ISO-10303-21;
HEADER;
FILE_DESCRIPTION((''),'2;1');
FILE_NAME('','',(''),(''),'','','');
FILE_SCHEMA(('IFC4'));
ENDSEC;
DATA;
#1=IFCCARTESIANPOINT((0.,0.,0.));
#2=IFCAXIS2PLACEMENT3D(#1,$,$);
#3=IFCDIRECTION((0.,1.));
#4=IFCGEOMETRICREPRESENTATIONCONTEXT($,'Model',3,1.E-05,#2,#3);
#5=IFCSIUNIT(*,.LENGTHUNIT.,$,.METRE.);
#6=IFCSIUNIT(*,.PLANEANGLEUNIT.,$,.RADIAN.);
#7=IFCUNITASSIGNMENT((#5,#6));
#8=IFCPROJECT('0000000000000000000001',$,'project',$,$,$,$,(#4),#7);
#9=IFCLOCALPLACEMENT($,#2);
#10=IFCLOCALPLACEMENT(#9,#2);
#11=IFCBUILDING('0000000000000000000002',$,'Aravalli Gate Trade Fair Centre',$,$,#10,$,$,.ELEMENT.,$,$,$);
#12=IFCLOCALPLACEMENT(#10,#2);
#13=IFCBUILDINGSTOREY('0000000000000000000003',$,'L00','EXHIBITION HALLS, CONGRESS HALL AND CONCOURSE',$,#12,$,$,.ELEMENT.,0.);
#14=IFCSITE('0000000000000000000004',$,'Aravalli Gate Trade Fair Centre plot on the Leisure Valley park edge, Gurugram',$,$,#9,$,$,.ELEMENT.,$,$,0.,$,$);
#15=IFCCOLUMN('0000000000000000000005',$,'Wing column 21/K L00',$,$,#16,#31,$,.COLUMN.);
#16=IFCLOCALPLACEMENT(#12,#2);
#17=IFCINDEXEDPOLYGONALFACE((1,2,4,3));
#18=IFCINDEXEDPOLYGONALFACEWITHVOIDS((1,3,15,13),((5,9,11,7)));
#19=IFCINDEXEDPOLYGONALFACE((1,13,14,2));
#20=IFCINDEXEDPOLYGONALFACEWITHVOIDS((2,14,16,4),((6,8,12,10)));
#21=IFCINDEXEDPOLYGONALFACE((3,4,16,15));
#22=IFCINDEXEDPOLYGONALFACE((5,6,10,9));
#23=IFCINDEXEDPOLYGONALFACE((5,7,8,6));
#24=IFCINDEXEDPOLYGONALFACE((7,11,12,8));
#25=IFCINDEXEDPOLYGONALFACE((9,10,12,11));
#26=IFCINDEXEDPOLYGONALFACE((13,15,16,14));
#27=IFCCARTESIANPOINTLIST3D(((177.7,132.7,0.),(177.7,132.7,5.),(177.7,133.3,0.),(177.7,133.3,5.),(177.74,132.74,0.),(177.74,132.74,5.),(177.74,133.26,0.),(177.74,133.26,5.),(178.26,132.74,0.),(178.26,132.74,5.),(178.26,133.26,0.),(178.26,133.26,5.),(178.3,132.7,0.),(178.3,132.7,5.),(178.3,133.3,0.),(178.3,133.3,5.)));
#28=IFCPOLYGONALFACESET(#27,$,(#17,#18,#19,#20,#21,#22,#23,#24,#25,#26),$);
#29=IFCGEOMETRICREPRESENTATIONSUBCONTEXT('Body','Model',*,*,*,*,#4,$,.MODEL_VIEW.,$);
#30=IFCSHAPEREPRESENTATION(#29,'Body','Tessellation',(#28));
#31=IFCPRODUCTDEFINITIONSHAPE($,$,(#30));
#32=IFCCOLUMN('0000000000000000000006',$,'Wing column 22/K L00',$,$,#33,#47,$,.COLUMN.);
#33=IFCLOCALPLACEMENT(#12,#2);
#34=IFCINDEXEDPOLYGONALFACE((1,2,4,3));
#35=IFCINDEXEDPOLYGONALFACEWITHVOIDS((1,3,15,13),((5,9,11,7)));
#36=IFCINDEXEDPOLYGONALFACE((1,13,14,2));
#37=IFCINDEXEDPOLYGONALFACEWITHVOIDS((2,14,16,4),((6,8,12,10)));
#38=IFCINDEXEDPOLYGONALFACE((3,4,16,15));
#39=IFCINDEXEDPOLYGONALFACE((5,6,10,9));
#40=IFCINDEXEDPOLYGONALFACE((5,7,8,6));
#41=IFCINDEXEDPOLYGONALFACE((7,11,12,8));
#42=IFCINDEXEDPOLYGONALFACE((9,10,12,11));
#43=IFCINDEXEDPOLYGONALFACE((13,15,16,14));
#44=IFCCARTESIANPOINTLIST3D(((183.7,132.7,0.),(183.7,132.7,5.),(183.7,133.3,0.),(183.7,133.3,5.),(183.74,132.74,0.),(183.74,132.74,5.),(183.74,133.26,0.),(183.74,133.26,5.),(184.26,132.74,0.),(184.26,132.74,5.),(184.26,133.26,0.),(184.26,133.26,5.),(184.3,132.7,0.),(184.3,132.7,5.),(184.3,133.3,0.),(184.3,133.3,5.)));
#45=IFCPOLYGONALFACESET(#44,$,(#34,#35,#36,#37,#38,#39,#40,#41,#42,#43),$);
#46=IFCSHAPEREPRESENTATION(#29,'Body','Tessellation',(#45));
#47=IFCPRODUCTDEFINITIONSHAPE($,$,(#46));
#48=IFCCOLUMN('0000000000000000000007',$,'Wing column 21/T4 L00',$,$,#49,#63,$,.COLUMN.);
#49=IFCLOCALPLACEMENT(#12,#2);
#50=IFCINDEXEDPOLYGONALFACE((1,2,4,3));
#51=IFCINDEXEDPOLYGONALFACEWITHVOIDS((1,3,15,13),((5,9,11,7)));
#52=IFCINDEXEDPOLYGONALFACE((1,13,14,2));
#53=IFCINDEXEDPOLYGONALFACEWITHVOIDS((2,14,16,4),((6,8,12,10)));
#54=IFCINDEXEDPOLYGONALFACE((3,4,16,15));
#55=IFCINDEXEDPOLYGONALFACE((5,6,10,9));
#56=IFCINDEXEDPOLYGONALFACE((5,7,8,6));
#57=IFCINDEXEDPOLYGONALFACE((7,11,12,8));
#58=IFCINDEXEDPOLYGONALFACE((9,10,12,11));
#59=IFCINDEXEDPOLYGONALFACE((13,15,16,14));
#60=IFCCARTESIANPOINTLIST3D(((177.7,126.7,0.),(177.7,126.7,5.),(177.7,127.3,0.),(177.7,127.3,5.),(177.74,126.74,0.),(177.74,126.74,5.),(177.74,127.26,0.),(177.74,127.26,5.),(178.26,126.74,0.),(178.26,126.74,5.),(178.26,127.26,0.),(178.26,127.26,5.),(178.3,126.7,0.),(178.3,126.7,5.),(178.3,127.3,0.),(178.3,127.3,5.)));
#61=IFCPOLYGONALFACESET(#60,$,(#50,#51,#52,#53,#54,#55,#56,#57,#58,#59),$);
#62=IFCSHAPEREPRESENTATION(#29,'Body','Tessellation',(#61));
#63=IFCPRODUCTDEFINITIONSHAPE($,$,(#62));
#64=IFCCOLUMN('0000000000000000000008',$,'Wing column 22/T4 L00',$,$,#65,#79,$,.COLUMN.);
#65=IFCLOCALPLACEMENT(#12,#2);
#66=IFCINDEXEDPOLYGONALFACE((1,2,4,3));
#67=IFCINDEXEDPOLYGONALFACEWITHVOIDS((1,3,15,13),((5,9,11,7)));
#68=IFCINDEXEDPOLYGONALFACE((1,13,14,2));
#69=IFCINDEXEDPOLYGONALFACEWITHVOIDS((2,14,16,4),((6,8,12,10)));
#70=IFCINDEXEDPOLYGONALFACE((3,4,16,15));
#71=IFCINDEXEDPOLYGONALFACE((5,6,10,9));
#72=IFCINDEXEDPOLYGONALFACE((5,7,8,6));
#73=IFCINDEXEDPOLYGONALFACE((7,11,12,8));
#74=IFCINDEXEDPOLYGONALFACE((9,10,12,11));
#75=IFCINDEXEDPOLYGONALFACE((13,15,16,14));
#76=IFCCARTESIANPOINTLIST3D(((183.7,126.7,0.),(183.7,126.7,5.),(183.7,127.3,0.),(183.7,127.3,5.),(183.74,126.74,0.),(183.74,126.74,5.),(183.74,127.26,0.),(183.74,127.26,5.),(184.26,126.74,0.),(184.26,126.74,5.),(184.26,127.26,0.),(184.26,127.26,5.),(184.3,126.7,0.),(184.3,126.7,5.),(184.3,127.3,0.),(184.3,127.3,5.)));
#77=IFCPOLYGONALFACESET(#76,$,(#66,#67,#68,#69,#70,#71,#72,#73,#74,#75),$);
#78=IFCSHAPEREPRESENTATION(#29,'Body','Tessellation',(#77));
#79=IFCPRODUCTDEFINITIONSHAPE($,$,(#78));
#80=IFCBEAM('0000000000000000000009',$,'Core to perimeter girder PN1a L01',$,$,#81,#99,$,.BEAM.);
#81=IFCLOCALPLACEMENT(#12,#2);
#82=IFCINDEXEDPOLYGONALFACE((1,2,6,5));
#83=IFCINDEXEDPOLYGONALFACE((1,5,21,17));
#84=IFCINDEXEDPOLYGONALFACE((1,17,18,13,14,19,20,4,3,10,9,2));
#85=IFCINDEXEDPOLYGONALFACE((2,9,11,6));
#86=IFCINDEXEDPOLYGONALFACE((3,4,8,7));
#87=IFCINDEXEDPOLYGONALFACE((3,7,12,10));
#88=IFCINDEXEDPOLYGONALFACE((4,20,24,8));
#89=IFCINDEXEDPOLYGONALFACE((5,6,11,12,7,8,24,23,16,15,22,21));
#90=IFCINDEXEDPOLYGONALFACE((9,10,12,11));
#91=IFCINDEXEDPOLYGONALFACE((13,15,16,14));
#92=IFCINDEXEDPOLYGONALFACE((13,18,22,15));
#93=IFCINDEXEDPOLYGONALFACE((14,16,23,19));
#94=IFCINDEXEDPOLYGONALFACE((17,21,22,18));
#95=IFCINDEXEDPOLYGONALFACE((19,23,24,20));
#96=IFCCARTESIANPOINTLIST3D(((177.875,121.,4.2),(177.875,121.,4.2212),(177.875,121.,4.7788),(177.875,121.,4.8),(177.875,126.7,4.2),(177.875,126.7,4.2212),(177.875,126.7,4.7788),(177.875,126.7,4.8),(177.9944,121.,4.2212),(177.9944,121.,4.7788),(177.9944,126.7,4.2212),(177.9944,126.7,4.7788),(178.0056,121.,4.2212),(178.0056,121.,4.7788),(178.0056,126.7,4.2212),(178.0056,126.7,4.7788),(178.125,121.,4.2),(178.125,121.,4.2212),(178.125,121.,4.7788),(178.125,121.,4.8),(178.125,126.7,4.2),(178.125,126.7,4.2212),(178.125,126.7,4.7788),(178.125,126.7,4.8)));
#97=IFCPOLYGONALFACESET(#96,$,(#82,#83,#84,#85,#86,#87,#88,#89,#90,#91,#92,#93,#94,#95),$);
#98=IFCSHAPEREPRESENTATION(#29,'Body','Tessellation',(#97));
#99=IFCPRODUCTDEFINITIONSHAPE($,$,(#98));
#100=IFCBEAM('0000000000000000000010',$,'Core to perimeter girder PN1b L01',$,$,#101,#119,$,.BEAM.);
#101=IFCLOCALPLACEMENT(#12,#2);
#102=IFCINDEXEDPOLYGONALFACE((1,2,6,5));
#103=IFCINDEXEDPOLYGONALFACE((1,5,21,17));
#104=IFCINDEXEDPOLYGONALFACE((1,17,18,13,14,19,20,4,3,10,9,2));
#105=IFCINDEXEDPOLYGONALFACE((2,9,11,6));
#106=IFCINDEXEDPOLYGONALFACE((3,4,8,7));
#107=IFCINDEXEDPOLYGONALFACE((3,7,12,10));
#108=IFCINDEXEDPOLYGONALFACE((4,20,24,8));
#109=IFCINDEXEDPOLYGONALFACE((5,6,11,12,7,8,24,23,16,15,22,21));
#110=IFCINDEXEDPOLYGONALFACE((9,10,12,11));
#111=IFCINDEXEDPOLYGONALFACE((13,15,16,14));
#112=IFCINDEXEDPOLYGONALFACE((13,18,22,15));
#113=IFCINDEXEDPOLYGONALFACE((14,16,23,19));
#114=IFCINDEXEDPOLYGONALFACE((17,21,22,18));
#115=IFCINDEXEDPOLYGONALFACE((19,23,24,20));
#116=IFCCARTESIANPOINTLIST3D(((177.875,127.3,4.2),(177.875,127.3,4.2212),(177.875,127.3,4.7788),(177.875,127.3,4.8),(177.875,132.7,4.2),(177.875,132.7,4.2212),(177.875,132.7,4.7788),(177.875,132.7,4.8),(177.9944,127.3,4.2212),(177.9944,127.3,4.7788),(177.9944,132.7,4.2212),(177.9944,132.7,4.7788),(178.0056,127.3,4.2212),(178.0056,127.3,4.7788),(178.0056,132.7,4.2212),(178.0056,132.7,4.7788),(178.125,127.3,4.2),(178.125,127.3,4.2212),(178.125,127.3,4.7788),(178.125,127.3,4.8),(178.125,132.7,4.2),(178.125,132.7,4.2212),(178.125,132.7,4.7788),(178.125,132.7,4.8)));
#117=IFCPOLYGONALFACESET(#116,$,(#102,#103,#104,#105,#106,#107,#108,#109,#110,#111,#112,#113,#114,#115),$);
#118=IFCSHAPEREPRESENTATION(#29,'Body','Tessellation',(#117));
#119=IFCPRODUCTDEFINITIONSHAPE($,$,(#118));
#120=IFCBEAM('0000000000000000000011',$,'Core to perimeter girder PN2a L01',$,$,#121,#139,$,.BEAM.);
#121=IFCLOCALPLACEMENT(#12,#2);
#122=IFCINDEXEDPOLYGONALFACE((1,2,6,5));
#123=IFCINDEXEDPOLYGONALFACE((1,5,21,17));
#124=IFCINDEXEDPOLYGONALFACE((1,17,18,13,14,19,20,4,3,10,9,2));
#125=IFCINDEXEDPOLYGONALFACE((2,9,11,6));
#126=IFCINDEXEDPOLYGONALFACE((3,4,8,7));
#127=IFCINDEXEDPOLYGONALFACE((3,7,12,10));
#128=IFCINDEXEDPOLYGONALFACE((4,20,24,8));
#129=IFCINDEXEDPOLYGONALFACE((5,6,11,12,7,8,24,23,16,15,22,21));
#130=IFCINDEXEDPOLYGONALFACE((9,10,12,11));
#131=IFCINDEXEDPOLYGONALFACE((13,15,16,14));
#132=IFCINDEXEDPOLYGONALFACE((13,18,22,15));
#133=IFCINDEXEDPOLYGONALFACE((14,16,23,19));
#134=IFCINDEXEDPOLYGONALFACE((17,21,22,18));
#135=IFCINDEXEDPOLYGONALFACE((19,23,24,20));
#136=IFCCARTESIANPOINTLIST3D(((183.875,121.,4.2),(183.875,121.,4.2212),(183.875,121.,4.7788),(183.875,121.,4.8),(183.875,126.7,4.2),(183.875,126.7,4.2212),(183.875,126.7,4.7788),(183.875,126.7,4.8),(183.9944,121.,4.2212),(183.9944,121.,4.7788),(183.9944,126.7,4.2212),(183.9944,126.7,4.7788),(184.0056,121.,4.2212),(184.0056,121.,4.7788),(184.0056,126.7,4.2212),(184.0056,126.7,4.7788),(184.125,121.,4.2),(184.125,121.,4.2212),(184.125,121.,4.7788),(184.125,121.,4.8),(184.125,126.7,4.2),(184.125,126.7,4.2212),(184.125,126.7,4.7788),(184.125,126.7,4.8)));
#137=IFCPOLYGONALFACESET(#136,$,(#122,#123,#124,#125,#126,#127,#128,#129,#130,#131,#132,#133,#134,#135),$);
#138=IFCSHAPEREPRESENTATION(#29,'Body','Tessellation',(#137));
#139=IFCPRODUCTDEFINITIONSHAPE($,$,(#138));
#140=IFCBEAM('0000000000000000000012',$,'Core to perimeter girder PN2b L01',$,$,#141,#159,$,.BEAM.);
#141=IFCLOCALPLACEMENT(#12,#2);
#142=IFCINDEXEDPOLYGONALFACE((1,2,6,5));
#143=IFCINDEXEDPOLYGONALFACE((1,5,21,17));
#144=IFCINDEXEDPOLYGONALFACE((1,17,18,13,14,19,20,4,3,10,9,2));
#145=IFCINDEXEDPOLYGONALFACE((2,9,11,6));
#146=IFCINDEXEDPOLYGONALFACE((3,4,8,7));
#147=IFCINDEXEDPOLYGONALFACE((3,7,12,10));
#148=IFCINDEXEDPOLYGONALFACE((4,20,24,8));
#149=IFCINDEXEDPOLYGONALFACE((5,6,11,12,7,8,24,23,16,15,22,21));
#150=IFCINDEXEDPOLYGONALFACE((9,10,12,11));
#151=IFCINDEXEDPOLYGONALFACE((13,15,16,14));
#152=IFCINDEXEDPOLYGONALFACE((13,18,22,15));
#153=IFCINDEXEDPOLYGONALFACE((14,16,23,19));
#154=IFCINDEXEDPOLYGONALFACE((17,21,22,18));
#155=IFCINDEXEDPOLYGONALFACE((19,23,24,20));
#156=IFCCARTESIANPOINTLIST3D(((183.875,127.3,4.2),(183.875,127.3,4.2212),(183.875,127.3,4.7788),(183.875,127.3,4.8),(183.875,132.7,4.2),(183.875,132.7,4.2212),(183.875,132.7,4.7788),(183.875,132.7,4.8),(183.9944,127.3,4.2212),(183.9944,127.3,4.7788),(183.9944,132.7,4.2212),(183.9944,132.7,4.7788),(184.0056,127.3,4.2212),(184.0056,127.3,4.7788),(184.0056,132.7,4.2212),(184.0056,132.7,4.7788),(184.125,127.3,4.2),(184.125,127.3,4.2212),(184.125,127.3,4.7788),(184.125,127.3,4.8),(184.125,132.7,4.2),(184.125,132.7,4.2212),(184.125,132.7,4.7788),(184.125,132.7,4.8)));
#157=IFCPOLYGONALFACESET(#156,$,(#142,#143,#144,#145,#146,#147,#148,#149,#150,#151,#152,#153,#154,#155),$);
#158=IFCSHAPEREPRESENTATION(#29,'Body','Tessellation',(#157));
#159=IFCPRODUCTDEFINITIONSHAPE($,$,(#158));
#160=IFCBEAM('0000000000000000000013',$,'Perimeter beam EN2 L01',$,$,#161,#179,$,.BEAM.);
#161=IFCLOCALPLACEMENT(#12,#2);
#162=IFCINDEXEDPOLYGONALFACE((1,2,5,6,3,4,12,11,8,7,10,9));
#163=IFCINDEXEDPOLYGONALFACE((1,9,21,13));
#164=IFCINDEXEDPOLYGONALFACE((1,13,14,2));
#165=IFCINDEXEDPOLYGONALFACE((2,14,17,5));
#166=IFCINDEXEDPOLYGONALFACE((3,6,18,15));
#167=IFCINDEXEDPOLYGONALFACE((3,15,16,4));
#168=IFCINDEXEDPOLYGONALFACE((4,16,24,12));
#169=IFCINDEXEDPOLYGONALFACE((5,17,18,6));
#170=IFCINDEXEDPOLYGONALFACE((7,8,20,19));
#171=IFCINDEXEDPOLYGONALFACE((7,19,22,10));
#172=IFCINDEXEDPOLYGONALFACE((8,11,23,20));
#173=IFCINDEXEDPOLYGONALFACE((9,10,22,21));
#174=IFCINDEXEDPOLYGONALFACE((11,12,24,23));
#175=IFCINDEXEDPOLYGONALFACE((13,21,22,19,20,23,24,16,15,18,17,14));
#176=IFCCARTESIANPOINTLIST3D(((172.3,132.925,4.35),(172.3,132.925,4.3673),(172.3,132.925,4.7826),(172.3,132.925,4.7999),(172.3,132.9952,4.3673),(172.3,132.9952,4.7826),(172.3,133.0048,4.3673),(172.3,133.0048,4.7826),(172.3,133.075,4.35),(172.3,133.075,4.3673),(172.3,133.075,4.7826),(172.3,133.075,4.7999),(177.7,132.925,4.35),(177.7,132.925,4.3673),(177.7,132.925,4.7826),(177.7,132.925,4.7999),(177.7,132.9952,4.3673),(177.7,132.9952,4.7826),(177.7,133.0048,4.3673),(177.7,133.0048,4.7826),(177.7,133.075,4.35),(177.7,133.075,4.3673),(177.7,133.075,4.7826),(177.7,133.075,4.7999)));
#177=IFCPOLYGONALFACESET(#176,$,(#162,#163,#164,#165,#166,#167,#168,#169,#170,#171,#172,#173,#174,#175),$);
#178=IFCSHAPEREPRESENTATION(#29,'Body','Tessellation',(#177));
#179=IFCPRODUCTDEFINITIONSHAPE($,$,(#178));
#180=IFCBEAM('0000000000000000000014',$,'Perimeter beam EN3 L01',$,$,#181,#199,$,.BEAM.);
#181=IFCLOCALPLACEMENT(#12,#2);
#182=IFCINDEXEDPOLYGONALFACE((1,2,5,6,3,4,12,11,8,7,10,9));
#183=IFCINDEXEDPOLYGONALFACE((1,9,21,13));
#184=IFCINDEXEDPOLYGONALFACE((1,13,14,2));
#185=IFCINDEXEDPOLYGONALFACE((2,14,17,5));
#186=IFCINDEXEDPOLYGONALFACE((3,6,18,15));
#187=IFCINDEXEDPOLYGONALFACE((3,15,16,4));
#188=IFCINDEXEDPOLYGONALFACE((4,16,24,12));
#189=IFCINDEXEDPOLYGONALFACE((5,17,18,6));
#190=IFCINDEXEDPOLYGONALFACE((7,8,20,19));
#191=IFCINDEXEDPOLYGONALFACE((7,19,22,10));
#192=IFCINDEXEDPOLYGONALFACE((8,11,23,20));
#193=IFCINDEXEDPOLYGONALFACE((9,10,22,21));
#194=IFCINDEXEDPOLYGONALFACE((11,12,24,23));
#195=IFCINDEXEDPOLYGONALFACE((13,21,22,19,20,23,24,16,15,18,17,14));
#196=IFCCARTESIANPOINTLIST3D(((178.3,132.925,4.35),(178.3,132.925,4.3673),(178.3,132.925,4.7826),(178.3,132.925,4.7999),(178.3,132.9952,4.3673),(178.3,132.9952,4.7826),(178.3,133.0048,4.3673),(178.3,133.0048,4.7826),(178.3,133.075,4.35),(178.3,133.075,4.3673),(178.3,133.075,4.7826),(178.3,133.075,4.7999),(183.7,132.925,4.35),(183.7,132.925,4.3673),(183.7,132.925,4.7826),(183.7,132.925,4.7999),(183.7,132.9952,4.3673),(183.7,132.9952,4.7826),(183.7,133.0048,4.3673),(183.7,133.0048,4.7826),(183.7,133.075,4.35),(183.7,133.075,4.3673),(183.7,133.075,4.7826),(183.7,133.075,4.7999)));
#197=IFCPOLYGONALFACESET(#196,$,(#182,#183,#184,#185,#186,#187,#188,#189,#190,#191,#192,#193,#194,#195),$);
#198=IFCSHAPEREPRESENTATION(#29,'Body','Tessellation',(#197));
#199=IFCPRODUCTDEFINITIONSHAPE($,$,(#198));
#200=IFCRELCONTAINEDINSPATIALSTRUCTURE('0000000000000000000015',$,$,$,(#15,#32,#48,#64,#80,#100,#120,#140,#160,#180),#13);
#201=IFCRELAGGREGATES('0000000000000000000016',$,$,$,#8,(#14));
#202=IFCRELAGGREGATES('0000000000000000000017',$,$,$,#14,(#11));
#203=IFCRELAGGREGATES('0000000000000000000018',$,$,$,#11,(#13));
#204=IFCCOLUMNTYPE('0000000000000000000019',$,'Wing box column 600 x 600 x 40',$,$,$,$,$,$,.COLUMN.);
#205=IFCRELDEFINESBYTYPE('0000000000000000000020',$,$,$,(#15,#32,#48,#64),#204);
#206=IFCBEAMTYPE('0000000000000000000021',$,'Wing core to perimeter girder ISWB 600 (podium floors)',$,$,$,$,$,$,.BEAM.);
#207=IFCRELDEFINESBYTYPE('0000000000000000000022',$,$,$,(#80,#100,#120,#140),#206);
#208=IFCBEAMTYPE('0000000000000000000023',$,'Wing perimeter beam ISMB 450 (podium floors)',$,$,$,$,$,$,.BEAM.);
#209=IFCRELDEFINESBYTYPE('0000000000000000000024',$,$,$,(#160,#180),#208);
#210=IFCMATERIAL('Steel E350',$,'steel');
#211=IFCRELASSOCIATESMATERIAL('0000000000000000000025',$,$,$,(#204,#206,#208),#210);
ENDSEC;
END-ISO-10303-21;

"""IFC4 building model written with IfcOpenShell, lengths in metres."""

from ifc_helpers import new_model, si_unit, direction, frame, origin, origin_2d, place, context, subcontext, project, spatial, hollow_rectangle, i_section, extrude, material, material_profile, profile_set, type_object, element, save


model = new_model("IFC4")

# Units and contexts
model_context = context("Model", 3, precision=1e-05, world=origin(), true_north=direction((0.0, 1.0)))
body_context = subcontext(model_context, "Body", "Model", "MODEL_VIEW")
ifc_project = project(units=[si_unit("LENGTHUNIT", "METRE"), si_unit("PLANEANGLEUNIT", "RADIAN")], contexts=[model_context])

# Site, building, storey
site_placement = place(None, origin())
site = spatial("IfcSite", under=ifc_project, at=site_placement, Name="Aravalli Gate Trade Fair Centre plot on the Leisure Valley park edge, Gurugram", CompositionType="ELEMENT", RefElevation=0.0)
building_placement = place(site_placement, origin())
building = spatial("IfcBuilding", under=site, at=building_placement, Name="Aravalli Gate Trade Fair Centre", CompositionType="ELEMENT")
storey_placement = place(building_placement, origin())
storey = spatial("IfcBuildingStorey", under=building, at=storey_placement, Name="L00", Description="EXHIBITION HALLS, CONGRESS HALL AND CONCOURSE", CompositionType="ELEMENT", Elevation=0.0)

# Columns
ifc_material_1 = material(Name="Steel E350", Category="steel")
ifc_material_profile_1 = material_profile(ifc_material_1, hollow_rectangle(XDim=0.6001, YDim=0.6001, WallThickness=0.04, at=origin_2d()), Name="BOX 600x600x40")
ifc_profile_set_1 = profile_set([ifc_material_profile_1], Name="Steel E350")
column_type = type_object("IfcColumnType", Name="Wing box column 600 x 600 x 40", PredefinedType="COLUMN", material=ifc_profile_set_1)
for number, where, z_axis, x_axis, name in (
    (1, (178.0, 133.0, 0.0), (0.0, 0.0, 1.0), (1.0, 0.0, 0.0), "Wing column 21/K L00"),
    (2, (184.0, 133.0, 0.0), (0.0, 0.0, 1.0), (1.0, 0.0, 0.0), "Wing column 22/K L00"),
    (3, (178.0, 127.0, 0.0), (0.0, 0.0, 1.0), (1.0, 0.0, 0.0), "Wing column 21/T4 L00"),
    (4, (184.0, 127.0, 0.0), (0.0, 0.0, 1.0), (1.0, 0.0, 0.0), "Wing column 22/T4 L00"),
):
    element("IfcColumn", number, at=place(storey_placement, frame(where, z_axis=z_axis, x_axis=x_axis)), inside=storey, type_object=column_type, Name=name, PredefinedType="COLUMN", context=body_context, shape_type="SweptSolid", body=[
        extrude(hollow_rectangle(XDim=0.6001, YDim=0.6001, WallThickness=0.04, at=origin_2d()), origin(), (0.0, 0.0, 1.0), 5.0),
    ])

# Beams
ifc_material_profile_2 = material_profile(ifc_material_1, i_section(OverallWidth=0.25, OverallDepth=0.6001, WebThickness=0.0112, FlangeThickness=0.0212, at=origin_2d()), Name="ISWB 600")
ifc_profile_set_2 = profile_set([ifc_material_profile_2], Name="Steel E350")
beam_type_1 = type_object("IfcBeamType", Name="Wing core to perimeter girder ISWB 600 (podium floors)", PredefinedType="BEAM", material=ifc_profile_set_2)
beam_1_placement = place(storey_placement, frame((178.0, 121.0, 4.5), z_axis=(0.0, 1.0, 0.0), x_axis=(-1.0, 0.0, 0.0)))
element("IfcBeam", 5, at=beam_1_placement, inside=storey, type_object=beam_type_1, Name="Core to perimeter girder PN1a L01", PredefinedType="BEAM", context=body_context, shape_type="SweptSolid", body=[
    extrude(i_section(OverallWidth=0.25, OverallDepth=0.6001, WebThickness=0.0112, FlangeThickness=0.0212, at=origin_2d()), origin(), (0.0, 0.0, 1.0), 5.7),
])
beam_2_placement = place(storey_placement, frame((178.0, 127.3, 4.5), z_axis=(0.0, 1.0, 0.0), x_axis=(-1.0, 0.0, 0.0)))
element("IfcBeam", 6, at=beam_2_placement, inside=storey, type_object=beam_type_1, Name="Core to perimeter girder PN1b L01", PredefinedType="BEAM", context=body_context, shape_type="SweptSolid", body=[
    extrude(i_section(OverallWidth=0.25, OverallDepth=0.6001, WebThickness=0.0112, FlangeThickness=0.0212, at=origin_2d()), origin(), (0.0, 0.0, 1.0), 5.3999),
])
beam_3_placement = place(storey_placement, frame((184.0, 121.0, 4.5), z_axis=(0.0, 1.0, 0.0), x_axis=(-1.0, 0.0, 0.0)))
element("IfcBeam", 7, at=beam_3_placement, inside=storey, type_object=beam_type_1, Name="Core to perimeter girder PN2a L01", PredefinedType="BEAM", context=body_context, shape_type="SweptSolid", body=[
    extrude(i_section(OverallWidth=0.25, OverallDepth=0.6001, WebThickness=0.0112, FlangeThickness=0.0212, at=origin_2d()), origin(), (0.0, 0.0, 1.0), 5.7),
])
beam_4_placement = place(storey_placement, frame((184.0, 127.3, 4.5), z_axis=(0.0, 1.0, 0.0), x_axis=(-1.0, 0.0, 0.0)))
element("IfcBeam", 8, at=beam_4_placement, inside=storey, type_object=beam_type_1, Name="Core to perimeter girder PN2b L01", PredefinedType="BEAM", context=body_context, shape_type="SweptSolid", body=[
    extrude(i_section(OverallWidth=0.25, OverallDepth=0.6001, WebThickness=0.0112, FlangeThickness=0.0212, at=origin_2d()), origin(), (0.0, 0.0, 1.0), 5.3999),
])
ifc_material_profile_3 = material_profile(ifc_material_1, i_section(OverallWidth=0.1499, OverallDepth=0.45, WebThickness=0.0095, FlangeThickness=0.0173, at=origin_2d()), Name="ISMB 450")
ifc_profile_set_3 = profile_set([ifc_material_profile_3], Name="Steel E350")
beam_type_2 = type_object("IfcBeamType", Name="Wing perimeter beam ISMB 450 (podium floors)", PredefinedType="BEAM", material=ifc_profile_set_3)
for number, where, z_axis, x_axis, name in (
    (9, (172.3, 133.0, 4.575), (1.0, 0.0, 0.0), (0.0, 1.0, 0.0), "Perimeter beam EN2 L01"),
    (10, (178.3, 133.0, 4.575), (1.0, 0.0, 0.0), (0.0, 1.0, 0.0), "Perimeter beam EN3 L01"),
):
    element("IfcBeam", number, at=place(storey_placement, frame(where, z_axis=z_axis, x_axis=x_axis)), inside=storey, type_object=beam_type_2, Name=name, PredefinedType="BEAM", context=body_context, shape_type="SweptSolid", body=[
        extrude(i_section(OverallWidth=0.1499, OverallDepth=0.45, WebThickness=0.0095, FlangeThickness=0.0173, at=origin_2d()), origin(), (0.0, 0.0, 1.0), 5.3999),
    ])

save(model, "model.ifc")
